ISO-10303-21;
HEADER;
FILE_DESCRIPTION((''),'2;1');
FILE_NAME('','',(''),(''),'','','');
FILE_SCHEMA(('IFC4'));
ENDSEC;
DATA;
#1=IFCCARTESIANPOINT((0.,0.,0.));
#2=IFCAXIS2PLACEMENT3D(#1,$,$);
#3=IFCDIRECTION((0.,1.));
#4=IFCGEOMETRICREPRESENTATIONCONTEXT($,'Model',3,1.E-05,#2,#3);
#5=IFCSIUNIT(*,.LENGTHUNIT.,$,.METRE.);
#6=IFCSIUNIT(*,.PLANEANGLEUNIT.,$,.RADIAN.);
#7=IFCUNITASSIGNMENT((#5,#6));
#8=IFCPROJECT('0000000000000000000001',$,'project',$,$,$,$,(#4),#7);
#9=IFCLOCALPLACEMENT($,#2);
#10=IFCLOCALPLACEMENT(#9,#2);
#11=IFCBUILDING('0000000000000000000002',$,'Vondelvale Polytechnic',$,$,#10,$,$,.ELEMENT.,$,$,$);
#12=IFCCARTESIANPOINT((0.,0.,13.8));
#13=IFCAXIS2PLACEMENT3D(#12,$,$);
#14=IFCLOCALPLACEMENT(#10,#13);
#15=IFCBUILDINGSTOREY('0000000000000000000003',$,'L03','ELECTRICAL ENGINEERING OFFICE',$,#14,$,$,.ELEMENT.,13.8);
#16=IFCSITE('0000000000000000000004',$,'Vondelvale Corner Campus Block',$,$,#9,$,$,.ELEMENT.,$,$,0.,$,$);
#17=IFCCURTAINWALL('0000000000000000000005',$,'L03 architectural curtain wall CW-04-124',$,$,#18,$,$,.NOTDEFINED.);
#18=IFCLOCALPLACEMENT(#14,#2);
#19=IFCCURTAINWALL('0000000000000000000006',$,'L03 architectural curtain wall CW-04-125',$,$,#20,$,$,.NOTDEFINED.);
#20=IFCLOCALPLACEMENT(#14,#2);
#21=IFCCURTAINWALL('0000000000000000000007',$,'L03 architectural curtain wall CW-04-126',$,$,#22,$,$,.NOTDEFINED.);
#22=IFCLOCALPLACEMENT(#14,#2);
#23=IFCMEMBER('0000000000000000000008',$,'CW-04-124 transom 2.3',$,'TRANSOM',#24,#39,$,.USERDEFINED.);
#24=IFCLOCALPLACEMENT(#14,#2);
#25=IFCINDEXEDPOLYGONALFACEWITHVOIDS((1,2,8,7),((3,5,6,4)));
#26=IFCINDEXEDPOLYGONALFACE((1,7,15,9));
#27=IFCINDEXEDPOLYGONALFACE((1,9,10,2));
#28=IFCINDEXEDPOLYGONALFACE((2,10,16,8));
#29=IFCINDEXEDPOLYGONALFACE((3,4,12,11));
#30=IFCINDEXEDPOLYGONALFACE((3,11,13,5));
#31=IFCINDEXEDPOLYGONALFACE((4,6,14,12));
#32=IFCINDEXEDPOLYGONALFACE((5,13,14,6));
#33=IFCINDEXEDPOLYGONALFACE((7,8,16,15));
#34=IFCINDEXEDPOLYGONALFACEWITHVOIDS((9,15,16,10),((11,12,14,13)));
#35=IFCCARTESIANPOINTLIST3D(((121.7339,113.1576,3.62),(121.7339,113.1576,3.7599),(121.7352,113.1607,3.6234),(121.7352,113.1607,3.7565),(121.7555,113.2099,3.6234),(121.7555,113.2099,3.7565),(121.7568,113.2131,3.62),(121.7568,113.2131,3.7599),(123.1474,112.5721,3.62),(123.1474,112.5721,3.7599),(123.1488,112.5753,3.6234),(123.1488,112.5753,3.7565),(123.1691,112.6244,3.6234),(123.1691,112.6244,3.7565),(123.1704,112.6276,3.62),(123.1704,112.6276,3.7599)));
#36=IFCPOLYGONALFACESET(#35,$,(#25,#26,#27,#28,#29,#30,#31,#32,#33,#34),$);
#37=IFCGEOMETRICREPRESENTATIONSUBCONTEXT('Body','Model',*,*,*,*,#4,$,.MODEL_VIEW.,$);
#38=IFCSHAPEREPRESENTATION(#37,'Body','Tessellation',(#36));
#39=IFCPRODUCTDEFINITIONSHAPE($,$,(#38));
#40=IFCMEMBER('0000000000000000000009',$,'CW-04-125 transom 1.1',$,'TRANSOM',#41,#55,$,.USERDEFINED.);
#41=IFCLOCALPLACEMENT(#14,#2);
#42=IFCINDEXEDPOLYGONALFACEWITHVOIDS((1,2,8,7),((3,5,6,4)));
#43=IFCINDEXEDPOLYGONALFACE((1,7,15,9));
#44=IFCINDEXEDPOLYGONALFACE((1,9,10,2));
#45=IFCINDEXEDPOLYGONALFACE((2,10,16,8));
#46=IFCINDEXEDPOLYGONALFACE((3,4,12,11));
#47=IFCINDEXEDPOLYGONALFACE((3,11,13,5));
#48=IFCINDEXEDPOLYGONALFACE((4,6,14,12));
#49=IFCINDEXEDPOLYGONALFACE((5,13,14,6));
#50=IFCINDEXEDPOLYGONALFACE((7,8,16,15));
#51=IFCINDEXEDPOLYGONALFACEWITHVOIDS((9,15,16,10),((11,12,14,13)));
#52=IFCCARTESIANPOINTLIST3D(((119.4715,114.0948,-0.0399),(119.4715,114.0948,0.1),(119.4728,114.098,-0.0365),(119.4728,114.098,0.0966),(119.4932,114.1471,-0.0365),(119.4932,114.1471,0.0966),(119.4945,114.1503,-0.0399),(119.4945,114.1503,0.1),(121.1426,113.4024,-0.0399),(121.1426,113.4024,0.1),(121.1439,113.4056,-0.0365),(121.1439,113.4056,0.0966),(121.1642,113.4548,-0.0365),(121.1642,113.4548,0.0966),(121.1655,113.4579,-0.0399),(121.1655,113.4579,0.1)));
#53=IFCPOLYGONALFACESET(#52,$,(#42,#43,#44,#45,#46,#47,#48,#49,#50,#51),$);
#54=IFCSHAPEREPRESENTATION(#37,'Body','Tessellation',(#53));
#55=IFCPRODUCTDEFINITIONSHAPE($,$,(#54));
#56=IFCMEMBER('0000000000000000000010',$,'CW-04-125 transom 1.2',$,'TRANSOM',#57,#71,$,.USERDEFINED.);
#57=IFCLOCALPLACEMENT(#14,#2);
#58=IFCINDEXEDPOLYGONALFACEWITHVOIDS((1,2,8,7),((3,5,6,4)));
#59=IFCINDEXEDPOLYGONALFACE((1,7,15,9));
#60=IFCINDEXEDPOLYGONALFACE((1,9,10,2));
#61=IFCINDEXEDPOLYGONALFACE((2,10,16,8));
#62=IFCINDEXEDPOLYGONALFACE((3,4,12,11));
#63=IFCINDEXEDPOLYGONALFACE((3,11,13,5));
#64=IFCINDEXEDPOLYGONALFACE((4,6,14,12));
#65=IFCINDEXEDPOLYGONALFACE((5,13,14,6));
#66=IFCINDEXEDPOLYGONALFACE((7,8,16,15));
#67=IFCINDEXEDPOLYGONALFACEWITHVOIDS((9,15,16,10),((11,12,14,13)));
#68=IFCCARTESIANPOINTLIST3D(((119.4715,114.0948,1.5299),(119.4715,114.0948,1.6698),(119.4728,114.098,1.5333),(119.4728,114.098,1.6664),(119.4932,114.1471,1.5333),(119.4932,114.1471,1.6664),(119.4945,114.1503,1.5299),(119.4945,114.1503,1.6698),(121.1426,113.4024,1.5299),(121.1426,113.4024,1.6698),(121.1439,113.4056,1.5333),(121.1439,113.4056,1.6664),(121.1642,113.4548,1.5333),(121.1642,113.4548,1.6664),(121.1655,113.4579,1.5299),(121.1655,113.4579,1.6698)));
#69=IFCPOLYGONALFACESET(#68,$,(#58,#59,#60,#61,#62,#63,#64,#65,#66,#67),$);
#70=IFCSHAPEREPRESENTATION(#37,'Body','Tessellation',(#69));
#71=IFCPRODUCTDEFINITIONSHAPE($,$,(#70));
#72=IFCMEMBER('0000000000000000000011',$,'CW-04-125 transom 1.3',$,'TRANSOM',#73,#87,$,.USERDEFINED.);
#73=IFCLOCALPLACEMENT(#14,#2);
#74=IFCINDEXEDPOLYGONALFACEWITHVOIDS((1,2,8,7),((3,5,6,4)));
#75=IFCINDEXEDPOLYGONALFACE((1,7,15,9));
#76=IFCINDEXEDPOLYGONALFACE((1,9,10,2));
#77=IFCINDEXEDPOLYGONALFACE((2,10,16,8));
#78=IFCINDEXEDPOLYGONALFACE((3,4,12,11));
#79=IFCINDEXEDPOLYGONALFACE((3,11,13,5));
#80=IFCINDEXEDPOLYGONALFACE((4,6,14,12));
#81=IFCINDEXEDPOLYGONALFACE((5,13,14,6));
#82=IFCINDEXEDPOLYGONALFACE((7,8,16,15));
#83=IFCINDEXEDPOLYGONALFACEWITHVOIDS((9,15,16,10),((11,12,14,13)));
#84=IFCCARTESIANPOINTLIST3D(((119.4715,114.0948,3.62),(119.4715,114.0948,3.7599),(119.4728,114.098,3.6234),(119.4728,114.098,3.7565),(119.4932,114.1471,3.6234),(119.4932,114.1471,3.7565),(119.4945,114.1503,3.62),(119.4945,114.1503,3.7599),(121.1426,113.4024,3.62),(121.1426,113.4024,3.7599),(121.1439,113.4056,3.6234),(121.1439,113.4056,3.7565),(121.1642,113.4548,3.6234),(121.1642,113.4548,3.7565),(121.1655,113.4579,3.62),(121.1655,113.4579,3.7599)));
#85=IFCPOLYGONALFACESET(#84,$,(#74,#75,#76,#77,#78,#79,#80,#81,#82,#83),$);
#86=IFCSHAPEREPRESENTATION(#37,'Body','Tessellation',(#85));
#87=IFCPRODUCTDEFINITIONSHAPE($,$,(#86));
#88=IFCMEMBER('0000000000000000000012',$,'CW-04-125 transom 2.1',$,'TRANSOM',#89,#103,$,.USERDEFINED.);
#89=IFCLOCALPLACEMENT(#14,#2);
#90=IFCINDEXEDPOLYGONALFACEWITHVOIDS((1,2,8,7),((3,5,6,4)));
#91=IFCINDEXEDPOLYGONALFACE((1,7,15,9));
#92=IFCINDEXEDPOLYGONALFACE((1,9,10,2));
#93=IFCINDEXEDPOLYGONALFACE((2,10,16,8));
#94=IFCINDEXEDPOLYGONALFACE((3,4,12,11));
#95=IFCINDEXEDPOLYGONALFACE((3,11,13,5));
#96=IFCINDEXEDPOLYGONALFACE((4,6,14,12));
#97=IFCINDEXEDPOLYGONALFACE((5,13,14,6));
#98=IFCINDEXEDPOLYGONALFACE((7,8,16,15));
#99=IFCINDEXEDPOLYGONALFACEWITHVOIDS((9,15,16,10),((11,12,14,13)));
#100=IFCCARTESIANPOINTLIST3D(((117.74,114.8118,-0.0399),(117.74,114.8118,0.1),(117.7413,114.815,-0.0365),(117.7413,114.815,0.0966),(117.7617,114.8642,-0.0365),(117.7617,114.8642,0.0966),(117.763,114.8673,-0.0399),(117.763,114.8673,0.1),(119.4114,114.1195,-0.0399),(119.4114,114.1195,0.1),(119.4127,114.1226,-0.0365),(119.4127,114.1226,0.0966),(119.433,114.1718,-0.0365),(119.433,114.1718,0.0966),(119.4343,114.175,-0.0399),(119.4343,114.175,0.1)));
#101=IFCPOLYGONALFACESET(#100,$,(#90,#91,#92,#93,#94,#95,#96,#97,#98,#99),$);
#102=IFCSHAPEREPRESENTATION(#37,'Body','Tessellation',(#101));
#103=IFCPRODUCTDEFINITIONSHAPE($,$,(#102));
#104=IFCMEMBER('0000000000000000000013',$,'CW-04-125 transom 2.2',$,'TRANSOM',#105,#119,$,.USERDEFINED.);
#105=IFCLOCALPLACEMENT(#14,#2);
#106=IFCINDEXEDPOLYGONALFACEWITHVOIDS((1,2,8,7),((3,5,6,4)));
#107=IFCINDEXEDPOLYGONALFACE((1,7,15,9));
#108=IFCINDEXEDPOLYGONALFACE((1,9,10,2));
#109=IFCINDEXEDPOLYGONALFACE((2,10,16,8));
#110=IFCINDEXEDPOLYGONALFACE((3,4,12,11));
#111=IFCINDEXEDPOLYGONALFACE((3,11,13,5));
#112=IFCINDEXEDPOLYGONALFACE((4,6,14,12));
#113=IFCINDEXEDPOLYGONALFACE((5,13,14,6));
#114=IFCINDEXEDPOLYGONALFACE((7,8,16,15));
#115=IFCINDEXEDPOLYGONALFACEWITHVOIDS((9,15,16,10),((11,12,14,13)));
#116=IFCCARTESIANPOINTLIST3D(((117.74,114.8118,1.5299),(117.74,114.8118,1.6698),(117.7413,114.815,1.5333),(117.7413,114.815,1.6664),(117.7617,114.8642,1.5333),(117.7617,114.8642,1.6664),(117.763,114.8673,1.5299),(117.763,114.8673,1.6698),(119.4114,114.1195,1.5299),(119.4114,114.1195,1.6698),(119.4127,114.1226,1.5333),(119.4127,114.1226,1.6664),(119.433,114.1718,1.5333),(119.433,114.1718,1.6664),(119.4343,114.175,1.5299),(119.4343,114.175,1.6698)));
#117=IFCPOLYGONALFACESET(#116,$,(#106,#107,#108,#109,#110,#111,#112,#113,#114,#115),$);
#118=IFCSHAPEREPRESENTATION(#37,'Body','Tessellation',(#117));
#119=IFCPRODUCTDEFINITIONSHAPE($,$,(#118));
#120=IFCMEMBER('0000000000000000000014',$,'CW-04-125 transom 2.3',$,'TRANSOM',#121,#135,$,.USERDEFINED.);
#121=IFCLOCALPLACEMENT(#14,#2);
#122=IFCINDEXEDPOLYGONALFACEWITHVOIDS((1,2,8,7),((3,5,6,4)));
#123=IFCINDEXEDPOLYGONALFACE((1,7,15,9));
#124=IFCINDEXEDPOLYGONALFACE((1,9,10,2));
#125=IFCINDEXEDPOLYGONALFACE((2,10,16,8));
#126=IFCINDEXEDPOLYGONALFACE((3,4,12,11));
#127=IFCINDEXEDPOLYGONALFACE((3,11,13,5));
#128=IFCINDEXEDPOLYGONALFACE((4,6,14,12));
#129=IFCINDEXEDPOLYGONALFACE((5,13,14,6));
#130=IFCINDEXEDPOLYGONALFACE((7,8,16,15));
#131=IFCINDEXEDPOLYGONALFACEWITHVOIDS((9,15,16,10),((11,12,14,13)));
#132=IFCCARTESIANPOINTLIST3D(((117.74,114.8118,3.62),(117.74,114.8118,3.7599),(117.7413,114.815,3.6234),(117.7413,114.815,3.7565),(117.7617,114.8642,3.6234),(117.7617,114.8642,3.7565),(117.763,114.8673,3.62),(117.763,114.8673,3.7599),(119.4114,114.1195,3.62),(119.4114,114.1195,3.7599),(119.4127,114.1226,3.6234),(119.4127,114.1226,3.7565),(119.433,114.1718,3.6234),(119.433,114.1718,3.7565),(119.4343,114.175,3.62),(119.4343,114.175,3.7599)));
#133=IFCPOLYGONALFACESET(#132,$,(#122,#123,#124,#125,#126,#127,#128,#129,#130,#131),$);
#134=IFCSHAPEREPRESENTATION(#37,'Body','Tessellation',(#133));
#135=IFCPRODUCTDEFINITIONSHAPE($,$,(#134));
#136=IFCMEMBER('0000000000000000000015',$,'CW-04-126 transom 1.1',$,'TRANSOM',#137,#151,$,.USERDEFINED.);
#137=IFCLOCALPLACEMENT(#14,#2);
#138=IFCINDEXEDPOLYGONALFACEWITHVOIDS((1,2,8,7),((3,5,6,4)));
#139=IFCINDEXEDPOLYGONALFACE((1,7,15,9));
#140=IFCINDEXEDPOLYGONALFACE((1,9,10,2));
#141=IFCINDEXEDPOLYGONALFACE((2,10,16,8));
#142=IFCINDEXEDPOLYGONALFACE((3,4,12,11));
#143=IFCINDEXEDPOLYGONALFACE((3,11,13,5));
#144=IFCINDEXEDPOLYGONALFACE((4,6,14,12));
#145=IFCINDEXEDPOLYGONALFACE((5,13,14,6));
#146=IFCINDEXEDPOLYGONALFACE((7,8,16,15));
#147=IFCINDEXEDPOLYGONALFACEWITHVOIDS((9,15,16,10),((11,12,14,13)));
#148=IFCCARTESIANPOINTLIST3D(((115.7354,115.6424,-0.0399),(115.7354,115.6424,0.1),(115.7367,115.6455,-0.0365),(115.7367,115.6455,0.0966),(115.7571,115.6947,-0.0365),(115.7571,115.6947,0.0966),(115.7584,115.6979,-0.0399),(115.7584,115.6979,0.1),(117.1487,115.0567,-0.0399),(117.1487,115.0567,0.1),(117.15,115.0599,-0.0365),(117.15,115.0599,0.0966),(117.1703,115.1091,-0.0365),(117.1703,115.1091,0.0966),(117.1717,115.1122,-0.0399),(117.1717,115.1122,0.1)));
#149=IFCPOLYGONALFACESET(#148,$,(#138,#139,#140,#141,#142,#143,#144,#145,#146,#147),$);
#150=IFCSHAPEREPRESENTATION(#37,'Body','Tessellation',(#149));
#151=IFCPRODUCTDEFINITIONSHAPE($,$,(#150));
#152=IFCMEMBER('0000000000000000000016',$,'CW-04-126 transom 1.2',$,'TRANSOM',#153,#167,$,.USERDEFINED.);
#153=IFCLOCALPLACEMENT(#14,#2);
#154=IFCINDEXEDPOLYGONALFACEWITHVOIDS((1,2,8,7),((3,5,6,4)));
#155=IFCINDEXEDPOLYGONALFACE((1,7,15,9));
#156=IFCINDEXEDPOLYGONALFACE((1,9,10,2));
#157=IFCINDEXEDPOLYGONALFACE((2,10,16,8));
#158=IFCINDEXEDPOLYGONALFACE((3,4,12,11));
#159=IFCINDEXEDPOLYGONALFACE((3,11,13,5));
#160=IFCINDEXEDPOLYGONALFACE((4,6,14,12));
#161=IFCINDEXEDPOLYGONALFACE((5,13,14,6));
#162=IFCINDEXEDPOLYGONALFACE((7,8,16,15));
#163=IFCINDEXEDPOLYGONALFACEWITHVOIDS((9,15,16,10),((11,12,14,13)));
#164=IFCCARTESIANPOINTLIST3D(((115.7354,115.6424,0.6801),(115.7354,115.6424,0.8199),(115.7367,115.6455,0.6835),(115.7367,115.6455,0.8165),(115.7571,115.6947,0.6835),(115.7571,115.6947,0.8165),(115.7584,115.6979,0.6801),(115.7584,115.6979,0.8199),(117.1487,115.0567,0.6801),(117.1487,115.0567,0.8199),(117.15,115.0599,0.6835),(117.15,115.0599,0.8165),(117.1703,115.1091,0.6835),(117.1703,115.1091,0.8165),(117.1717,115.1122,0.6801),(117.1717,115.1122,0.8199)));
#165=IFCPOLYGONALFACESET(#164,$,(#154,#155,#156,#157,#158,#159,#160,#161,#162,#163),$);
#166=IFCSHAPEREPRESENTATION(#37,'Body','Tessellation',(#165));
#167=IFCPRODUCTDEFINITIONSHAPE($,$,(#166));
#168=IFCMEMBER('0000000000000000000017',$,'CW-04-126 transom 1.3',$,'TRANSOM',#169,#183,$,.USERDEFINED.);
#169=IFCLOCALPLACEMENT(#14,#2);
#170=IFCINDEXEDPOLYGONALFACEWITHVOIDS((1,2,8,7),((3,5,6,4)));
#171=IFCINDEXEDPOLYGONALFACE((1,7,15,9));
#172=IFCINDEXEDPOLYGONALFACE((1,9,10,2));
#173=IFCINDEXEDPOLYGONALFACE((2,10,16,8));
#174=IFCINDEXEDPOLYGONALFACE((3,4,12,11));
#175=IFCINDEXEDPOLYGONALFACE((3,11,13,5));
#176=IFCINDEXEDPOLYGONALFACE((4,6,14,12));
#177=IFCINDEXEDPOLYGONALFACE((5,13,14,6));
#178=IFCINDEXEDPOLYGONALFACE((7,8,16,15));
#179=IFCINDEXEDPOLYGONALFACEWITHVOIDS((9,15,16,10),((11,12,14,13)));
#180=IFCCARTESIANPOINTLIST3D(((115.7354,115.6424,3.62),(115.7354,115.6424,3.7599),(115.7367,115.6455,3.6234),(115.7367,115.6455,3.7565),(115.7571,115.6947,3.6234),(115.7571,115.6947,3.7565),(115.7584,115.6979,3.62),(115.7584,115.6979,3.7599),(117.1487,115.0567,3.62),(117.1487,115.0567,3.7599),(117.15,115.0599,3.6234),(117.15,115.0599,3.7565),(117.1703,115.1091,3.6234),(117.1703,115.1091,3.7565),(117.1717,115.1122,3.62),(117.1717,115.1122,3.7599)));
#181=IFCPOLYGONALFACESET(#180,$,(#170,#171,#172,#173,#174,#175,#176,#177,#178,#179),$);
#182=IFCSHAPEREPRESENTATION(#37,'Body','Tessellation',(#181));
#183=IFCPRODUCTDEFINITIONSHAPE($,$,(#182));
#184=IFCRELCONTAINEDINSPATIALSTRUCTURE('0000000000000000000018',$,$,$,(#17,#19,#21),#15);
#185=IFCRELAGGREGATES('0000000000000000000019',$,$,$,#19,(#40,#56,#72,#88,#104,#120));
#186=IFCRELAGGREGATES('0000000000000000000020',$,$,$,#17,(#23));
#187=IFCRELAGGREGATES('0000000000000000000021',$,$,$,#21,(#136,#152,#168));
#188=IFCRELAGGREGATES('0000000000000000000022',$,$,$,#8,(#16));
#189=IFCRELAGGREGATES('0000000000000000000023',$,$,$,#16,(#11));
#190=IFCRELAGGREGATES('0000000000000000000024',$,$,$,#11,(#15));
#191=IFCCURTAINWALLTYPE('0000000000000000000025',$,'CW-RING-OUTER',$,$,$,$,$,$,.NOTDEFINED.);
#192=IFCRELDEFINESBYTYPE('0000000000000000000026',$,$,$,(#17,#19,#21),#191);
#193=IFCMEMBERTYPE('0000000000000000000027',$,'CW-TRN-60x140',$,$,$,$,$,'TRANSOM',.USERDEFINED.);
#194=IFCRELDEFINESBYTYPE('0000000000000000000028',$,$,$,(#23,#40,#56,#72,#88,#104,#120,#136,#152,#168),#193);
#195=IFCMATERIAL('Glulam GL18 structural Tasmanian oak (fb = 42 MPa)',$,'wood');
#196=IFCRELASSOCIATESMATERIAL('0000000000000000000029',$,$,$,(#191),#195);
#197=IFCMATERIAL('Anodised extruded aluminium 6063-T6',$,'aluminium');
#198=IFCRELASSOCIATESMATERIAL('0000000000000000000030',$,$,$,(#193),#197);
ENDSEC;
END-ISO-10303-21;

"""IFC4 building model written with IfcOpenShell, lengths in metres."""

from ifc_helpers import new_model, si_unit, direction, frame, origin, origin_2d, place, context, subcontext, project, spatial, hollow_rectangle, extrude, material, material_profile, profile_set, type_object, element, aggregate, save


model = new_model("IFC4")

# Units and contexts
model_context = context("Model", 3, precision=1e-05, world=origin(), true_north=direction((0.0, 1.0)))
body_context = subcontext(model_context, "Body", "Model", "MODEL_VIEW")
ifc_project = project(units=[si_unit("LENGTHUNIT", "METRE"), si_unit("PLANEANGLEUNIT", "RADIAN")], contexts=[model_context])

# Site, building, storey
site_placement = place(None, origin())
site = spatial("IfcSite", under=ifc_project, at=site_placement, Name="Vondelvale Corner Campus Block", CompositionType="ELEMENT", RefElevation=0.0)
building_placement = place(site_placement, origin())
building = spatial("IfcBuilding", under=site, at=building_placement, Name="Vondelvale Polytechnic", CompositionType="ELEMENT")
storey_placement = place(building_placement, frame((0.0, 0.0, 13.8)))
storey = spatial("IfcBuildingStorey", under=building, at=storey_placement, Name="L03", Description="ELECTRICAL ENGINEERING OFFICE", CompositionType="ELEMENT", Elevation=13.8)

# Shared definitions
ifc_material_1 = material(Name="Glulam GL18 structural Tasmanian oak (fb = 42 MPa)", Category="wood")

# Curtain walls
curtain_wall_type = type_object("IfcCurtainWallType", Name="CW-RING-OUTER", PredefinedType="NOTDEFINED", material=ifc_material_1)
curtain_wall_1_placement = place(storey_placement, origin())
curtain_wall_1 = element("IfcCurtainWall", 1, at=curtain_wall_1_placement, inside=storey, type_object=curtain_wall_type, Name="L03 architectural curtain wall CW-04-124", PredefinedType="NOTDEFINED")
ifc_material_2 = material(Name="Anodised extruded aluminium 6063-T6", Category="aluminium")
curtain_wall_2_placement = place(storey_placement, origin())
curtain_wall_2 = element("IfcCurtainWall", 2, at=curtain_wall_2_placement, inside=storey, type_object=curtain_wall_type, Name="L03 architectural curtain wall CW-04-125", PredefinedType="NOTDEFINED")

# Curtain wall
curtain_wall_3_placement = place(storey_placement, origin())
curtain_wall_3 = element("IfcCurtainWall", 3, at=curtain_wall_3_placement, inside=storey, type_object=curtain_wall_type, Name="L03 architectural curtain wall CW-04-126", PredefinedType="NOTDEFINED")

# Members
ifc_material_profile_1 = material_profile(ifc_material_2, hollow_rectangle(XDim=0.0601, YDim=0.1399, WallThickness=0.0034, at=origin_2d()), Name="CW-TRN-140x60")
ifc_profile_set_1 = profile_set([ifc_material_profile_1], Name="Anodised extruded aluminium 6063-T6")
member_type_1 = type_object("IfcMemberType", Name="CW-TRN-60x140", ElementType="TRANSOM", PredefinedType="USERDEFINED", material=ifc_profile_set_1)
member_1_placement = place(storey_placement, frame((123.1589, 112.5999, 3.6899), z_axis=(-0.923896, 0.382643, 0.0), x_axis=(-0.382643, -0.923896, 0.0)))
member_1 = element("IfcMember", 4, at=member_1_placement, type_object=member_type_1, Name="CW-04-124 transom 2.3", ObjectType="TRANSOM", PredefinedType="USERDEFINED", context=body_context, shape_type="SweptSolid", body=[
    extrude(hollow_rectangle(XDim=0.0601, YDim=0.1399, WallThickness=0.0034, at=origin_2d()), origin(), (0.0, 0.0, 1.0), 1.53),
])
member_2_placement = place(storey_placement, frame((121.1541, 113.4302, 0.03), z_axis=(-0.923846, 0.382765, 0.0), x_axis=(-0.382765, -0.923846, 0.0)))
member_2 = element("IfcMember", 5, at=member_2_placement, type_object=member_type_1, Name="CW-04-125 transom 1.1", ObjectType="TRANSOM", PredefinedType="USERDEFINED", context=body_context, shape_type="SweptSolid", body=[
    extrude(hollow_rectangle(XDim=0.0601, YDim=0.1399, WallThickness=0.0034, at=origin_2d()), origin(), (0.0, 0.0, 1.0), 1.8088),
])
member_3_placement = place(storey_placement, frame((121.1541, 113.4302, 1.5999), z_axis=(-0.923846, 0.382765, 0.0), x_axis=(-0.382765, -0.923846, 0.0)))
member_3 = element("IfcMember", 6, at=member_3_placement, type_object=member_type_1, Name="CW-04-125 transom 1.2", ObjectType="TRANSOM", PredefinedType="USERDEFINED", context=body_context, shape_type="SweptSolid", body=[
    extrude(hollow_rectangle(XDim=0.0601, YDim=0.1399, WallThickness=0.0034, at=origin_2d()), origin(), (0.0, 0.0, 1.0), 1.8088),
])
member_4_placement = place(storey_placement, frame((121.1541, 113.4302, 3.6899), z_axis=(-0.923846, 0.382765, 0.0), x_axis=(-0.382765, -0.923846, 0.0)))
member_4 = element("IfcMember", 7, at=member_4_placement, type_object=member_type_1, Name="CW-04-125 transom 1.3", ObjectType="TRANSOM", PredefinedType="USERDEFINED", context=body_context, shape_type="SweptSolid", body=[
    extrude(hollow_rectangle(XDim=0.0601, YDim=0.1399, WallThickness=0.0034, at=origin_2d()), origin(), (0.0, 0.0, 1.0), 1.8088),
])
member_5_placement = place(storey_placement, frame((119.4229, 114.1472, 0.03), z_axis=(-0.923866, 0.382717, 0.0), x_axis=(-0.382717, -0.923866, 0.0)))
member_5 = element("IfcMember", 8, at=member_5_placement, type_object=member_type_1, Name="CW-04-125 transom 2.1", ObjectType="TRANSOM", PredefinedType="USERDEFINED", context=body_context, shape_type="SweptSolid", body=[
    extrude(hollow_rectangle(XDim=0.0601, YDim=0.1399, WallThickness=0.0034, at=origin_2d()), origin(), (0.0, 0.0, 1.0), 1.8091),
])
member_6_placement = place(storey_placement, frame((119.4229, 114.1472, 1.5999), z_axis=(-0.923866, 0.382717, 0.0), x_axis=(-0.382717, -0.923866, 0.0)))
member_6 = element("IfcMember", 9, at=member_6_placement, type_object=member_type_1, Name="CW-04-125 transom 2.2", ObjectType="TRANSOM", PredefinedType="USERDEFINED", context=body_context, shape_type="SweptSolid", body=[
    extrude(hollow_rectangle(XDim=0.0601, YDim=0.1399, WallThickness=0.0034, at=origin_2d()), origin(), (0.0, 0.0, 1.0), 1.8091),
])
member_7_placement = place(storey_placement, frame((119.4229, 114.1472, 3.6899), z_axis=(-0.923866, 0.382717, 0.0), x_axis=(-0.382717, -0.923866, 0.0)))
member_7 = element("IfcMember", 10, at=member_7_placement, type_object=member_type_1, Name="CW-04-125 transom 2.3", ObjectType="TRANSOM", PredefinedType="USERDEFINED", context=body_context, shape_type="SweptSolid", body=[
    extrude(hollow_rectangle(XDim=0.0601, YDim=0.1399, WallThickness=0.0034, at=origin_2d()), origin(), (0.0, 0.0, 1.0), 1.8091),
])
member_8_placement = place(storey_placement, frame((117.1602, 115.0845, 0.03), z_axis=(-0.923816, 0.382836, 0.0), x_axis=(-0.382836, -0.923816, 0.0)))
member_8 = element("IfcMember", 11, at=member_8_placement, type_object=member_type_1, Name="CW-04-126 transom 1.1", ObjectType="TRANSOM", PredefinedType="USERDEFINED", context=body_context, shape_type="SweptSolid", body=[
    extrude(hollow_rectangle(XDim=0.0601, YDim=0.1399, WallThickness=0.0034, at=origin_2d()), origin(), (0.0, 0.0, 1.0), 1.5298),
])
member_9_placement = place(storey_placement, frame((117.1602, 115.0845, 0.75), z_axis=(-0.923816, 0.382836, 0.0), x_axis=(-0.382836, -0.923816, 0.0)))
member_9 = element("IfcMember", 12, at=member_9_placement, type_object=member_type_1, Name="CW-04-126 transom 1.2", ObjectType="TRANSOM", PredefinedType="USERDEFINED", context=body_context, shape_type="SweptSolid", body=[
    extrude(hollow_rectangle(XDim=0.0601, YDim=0.1399, WallThickness=0.0034, at=origin_2d()), origin(), (0.0, 0.0, 1.0), 1.5298),
])
member_10_placement = place(storey_placement, frame((117.1602, 115.0845, 3.6899), z_axis=(-0.923816, 0.382836, 0.0), x_axis=(-0.382836, -0.923816, 0.0)))
member_10 = element("IfcMember", 13, at=member_10_placement, type_object=member_type_1, Name="CW-04-126 transom 1.3", ObjectType="TRANSOM", PredefinedType="USERDEFINED", context=body_context, shape_type="SweptSolid", body=[
    extrude(hollow_rectangle(XDim=0.0601, YDim=0.1399, WallThickness=0.0034, at=origin_2d()), origin(), (0.0, 0.0, 1.0), 1.5298),
])

aggregate(curtain_wall_2, [member_2, member_3, member_4, member_5, member_6, member_7])
aggregate(curtain_wall_1, [member_1])
aggregate(curtain_wall_3, [member_8, member_9, member_10])

save(model, "model.ifc")
